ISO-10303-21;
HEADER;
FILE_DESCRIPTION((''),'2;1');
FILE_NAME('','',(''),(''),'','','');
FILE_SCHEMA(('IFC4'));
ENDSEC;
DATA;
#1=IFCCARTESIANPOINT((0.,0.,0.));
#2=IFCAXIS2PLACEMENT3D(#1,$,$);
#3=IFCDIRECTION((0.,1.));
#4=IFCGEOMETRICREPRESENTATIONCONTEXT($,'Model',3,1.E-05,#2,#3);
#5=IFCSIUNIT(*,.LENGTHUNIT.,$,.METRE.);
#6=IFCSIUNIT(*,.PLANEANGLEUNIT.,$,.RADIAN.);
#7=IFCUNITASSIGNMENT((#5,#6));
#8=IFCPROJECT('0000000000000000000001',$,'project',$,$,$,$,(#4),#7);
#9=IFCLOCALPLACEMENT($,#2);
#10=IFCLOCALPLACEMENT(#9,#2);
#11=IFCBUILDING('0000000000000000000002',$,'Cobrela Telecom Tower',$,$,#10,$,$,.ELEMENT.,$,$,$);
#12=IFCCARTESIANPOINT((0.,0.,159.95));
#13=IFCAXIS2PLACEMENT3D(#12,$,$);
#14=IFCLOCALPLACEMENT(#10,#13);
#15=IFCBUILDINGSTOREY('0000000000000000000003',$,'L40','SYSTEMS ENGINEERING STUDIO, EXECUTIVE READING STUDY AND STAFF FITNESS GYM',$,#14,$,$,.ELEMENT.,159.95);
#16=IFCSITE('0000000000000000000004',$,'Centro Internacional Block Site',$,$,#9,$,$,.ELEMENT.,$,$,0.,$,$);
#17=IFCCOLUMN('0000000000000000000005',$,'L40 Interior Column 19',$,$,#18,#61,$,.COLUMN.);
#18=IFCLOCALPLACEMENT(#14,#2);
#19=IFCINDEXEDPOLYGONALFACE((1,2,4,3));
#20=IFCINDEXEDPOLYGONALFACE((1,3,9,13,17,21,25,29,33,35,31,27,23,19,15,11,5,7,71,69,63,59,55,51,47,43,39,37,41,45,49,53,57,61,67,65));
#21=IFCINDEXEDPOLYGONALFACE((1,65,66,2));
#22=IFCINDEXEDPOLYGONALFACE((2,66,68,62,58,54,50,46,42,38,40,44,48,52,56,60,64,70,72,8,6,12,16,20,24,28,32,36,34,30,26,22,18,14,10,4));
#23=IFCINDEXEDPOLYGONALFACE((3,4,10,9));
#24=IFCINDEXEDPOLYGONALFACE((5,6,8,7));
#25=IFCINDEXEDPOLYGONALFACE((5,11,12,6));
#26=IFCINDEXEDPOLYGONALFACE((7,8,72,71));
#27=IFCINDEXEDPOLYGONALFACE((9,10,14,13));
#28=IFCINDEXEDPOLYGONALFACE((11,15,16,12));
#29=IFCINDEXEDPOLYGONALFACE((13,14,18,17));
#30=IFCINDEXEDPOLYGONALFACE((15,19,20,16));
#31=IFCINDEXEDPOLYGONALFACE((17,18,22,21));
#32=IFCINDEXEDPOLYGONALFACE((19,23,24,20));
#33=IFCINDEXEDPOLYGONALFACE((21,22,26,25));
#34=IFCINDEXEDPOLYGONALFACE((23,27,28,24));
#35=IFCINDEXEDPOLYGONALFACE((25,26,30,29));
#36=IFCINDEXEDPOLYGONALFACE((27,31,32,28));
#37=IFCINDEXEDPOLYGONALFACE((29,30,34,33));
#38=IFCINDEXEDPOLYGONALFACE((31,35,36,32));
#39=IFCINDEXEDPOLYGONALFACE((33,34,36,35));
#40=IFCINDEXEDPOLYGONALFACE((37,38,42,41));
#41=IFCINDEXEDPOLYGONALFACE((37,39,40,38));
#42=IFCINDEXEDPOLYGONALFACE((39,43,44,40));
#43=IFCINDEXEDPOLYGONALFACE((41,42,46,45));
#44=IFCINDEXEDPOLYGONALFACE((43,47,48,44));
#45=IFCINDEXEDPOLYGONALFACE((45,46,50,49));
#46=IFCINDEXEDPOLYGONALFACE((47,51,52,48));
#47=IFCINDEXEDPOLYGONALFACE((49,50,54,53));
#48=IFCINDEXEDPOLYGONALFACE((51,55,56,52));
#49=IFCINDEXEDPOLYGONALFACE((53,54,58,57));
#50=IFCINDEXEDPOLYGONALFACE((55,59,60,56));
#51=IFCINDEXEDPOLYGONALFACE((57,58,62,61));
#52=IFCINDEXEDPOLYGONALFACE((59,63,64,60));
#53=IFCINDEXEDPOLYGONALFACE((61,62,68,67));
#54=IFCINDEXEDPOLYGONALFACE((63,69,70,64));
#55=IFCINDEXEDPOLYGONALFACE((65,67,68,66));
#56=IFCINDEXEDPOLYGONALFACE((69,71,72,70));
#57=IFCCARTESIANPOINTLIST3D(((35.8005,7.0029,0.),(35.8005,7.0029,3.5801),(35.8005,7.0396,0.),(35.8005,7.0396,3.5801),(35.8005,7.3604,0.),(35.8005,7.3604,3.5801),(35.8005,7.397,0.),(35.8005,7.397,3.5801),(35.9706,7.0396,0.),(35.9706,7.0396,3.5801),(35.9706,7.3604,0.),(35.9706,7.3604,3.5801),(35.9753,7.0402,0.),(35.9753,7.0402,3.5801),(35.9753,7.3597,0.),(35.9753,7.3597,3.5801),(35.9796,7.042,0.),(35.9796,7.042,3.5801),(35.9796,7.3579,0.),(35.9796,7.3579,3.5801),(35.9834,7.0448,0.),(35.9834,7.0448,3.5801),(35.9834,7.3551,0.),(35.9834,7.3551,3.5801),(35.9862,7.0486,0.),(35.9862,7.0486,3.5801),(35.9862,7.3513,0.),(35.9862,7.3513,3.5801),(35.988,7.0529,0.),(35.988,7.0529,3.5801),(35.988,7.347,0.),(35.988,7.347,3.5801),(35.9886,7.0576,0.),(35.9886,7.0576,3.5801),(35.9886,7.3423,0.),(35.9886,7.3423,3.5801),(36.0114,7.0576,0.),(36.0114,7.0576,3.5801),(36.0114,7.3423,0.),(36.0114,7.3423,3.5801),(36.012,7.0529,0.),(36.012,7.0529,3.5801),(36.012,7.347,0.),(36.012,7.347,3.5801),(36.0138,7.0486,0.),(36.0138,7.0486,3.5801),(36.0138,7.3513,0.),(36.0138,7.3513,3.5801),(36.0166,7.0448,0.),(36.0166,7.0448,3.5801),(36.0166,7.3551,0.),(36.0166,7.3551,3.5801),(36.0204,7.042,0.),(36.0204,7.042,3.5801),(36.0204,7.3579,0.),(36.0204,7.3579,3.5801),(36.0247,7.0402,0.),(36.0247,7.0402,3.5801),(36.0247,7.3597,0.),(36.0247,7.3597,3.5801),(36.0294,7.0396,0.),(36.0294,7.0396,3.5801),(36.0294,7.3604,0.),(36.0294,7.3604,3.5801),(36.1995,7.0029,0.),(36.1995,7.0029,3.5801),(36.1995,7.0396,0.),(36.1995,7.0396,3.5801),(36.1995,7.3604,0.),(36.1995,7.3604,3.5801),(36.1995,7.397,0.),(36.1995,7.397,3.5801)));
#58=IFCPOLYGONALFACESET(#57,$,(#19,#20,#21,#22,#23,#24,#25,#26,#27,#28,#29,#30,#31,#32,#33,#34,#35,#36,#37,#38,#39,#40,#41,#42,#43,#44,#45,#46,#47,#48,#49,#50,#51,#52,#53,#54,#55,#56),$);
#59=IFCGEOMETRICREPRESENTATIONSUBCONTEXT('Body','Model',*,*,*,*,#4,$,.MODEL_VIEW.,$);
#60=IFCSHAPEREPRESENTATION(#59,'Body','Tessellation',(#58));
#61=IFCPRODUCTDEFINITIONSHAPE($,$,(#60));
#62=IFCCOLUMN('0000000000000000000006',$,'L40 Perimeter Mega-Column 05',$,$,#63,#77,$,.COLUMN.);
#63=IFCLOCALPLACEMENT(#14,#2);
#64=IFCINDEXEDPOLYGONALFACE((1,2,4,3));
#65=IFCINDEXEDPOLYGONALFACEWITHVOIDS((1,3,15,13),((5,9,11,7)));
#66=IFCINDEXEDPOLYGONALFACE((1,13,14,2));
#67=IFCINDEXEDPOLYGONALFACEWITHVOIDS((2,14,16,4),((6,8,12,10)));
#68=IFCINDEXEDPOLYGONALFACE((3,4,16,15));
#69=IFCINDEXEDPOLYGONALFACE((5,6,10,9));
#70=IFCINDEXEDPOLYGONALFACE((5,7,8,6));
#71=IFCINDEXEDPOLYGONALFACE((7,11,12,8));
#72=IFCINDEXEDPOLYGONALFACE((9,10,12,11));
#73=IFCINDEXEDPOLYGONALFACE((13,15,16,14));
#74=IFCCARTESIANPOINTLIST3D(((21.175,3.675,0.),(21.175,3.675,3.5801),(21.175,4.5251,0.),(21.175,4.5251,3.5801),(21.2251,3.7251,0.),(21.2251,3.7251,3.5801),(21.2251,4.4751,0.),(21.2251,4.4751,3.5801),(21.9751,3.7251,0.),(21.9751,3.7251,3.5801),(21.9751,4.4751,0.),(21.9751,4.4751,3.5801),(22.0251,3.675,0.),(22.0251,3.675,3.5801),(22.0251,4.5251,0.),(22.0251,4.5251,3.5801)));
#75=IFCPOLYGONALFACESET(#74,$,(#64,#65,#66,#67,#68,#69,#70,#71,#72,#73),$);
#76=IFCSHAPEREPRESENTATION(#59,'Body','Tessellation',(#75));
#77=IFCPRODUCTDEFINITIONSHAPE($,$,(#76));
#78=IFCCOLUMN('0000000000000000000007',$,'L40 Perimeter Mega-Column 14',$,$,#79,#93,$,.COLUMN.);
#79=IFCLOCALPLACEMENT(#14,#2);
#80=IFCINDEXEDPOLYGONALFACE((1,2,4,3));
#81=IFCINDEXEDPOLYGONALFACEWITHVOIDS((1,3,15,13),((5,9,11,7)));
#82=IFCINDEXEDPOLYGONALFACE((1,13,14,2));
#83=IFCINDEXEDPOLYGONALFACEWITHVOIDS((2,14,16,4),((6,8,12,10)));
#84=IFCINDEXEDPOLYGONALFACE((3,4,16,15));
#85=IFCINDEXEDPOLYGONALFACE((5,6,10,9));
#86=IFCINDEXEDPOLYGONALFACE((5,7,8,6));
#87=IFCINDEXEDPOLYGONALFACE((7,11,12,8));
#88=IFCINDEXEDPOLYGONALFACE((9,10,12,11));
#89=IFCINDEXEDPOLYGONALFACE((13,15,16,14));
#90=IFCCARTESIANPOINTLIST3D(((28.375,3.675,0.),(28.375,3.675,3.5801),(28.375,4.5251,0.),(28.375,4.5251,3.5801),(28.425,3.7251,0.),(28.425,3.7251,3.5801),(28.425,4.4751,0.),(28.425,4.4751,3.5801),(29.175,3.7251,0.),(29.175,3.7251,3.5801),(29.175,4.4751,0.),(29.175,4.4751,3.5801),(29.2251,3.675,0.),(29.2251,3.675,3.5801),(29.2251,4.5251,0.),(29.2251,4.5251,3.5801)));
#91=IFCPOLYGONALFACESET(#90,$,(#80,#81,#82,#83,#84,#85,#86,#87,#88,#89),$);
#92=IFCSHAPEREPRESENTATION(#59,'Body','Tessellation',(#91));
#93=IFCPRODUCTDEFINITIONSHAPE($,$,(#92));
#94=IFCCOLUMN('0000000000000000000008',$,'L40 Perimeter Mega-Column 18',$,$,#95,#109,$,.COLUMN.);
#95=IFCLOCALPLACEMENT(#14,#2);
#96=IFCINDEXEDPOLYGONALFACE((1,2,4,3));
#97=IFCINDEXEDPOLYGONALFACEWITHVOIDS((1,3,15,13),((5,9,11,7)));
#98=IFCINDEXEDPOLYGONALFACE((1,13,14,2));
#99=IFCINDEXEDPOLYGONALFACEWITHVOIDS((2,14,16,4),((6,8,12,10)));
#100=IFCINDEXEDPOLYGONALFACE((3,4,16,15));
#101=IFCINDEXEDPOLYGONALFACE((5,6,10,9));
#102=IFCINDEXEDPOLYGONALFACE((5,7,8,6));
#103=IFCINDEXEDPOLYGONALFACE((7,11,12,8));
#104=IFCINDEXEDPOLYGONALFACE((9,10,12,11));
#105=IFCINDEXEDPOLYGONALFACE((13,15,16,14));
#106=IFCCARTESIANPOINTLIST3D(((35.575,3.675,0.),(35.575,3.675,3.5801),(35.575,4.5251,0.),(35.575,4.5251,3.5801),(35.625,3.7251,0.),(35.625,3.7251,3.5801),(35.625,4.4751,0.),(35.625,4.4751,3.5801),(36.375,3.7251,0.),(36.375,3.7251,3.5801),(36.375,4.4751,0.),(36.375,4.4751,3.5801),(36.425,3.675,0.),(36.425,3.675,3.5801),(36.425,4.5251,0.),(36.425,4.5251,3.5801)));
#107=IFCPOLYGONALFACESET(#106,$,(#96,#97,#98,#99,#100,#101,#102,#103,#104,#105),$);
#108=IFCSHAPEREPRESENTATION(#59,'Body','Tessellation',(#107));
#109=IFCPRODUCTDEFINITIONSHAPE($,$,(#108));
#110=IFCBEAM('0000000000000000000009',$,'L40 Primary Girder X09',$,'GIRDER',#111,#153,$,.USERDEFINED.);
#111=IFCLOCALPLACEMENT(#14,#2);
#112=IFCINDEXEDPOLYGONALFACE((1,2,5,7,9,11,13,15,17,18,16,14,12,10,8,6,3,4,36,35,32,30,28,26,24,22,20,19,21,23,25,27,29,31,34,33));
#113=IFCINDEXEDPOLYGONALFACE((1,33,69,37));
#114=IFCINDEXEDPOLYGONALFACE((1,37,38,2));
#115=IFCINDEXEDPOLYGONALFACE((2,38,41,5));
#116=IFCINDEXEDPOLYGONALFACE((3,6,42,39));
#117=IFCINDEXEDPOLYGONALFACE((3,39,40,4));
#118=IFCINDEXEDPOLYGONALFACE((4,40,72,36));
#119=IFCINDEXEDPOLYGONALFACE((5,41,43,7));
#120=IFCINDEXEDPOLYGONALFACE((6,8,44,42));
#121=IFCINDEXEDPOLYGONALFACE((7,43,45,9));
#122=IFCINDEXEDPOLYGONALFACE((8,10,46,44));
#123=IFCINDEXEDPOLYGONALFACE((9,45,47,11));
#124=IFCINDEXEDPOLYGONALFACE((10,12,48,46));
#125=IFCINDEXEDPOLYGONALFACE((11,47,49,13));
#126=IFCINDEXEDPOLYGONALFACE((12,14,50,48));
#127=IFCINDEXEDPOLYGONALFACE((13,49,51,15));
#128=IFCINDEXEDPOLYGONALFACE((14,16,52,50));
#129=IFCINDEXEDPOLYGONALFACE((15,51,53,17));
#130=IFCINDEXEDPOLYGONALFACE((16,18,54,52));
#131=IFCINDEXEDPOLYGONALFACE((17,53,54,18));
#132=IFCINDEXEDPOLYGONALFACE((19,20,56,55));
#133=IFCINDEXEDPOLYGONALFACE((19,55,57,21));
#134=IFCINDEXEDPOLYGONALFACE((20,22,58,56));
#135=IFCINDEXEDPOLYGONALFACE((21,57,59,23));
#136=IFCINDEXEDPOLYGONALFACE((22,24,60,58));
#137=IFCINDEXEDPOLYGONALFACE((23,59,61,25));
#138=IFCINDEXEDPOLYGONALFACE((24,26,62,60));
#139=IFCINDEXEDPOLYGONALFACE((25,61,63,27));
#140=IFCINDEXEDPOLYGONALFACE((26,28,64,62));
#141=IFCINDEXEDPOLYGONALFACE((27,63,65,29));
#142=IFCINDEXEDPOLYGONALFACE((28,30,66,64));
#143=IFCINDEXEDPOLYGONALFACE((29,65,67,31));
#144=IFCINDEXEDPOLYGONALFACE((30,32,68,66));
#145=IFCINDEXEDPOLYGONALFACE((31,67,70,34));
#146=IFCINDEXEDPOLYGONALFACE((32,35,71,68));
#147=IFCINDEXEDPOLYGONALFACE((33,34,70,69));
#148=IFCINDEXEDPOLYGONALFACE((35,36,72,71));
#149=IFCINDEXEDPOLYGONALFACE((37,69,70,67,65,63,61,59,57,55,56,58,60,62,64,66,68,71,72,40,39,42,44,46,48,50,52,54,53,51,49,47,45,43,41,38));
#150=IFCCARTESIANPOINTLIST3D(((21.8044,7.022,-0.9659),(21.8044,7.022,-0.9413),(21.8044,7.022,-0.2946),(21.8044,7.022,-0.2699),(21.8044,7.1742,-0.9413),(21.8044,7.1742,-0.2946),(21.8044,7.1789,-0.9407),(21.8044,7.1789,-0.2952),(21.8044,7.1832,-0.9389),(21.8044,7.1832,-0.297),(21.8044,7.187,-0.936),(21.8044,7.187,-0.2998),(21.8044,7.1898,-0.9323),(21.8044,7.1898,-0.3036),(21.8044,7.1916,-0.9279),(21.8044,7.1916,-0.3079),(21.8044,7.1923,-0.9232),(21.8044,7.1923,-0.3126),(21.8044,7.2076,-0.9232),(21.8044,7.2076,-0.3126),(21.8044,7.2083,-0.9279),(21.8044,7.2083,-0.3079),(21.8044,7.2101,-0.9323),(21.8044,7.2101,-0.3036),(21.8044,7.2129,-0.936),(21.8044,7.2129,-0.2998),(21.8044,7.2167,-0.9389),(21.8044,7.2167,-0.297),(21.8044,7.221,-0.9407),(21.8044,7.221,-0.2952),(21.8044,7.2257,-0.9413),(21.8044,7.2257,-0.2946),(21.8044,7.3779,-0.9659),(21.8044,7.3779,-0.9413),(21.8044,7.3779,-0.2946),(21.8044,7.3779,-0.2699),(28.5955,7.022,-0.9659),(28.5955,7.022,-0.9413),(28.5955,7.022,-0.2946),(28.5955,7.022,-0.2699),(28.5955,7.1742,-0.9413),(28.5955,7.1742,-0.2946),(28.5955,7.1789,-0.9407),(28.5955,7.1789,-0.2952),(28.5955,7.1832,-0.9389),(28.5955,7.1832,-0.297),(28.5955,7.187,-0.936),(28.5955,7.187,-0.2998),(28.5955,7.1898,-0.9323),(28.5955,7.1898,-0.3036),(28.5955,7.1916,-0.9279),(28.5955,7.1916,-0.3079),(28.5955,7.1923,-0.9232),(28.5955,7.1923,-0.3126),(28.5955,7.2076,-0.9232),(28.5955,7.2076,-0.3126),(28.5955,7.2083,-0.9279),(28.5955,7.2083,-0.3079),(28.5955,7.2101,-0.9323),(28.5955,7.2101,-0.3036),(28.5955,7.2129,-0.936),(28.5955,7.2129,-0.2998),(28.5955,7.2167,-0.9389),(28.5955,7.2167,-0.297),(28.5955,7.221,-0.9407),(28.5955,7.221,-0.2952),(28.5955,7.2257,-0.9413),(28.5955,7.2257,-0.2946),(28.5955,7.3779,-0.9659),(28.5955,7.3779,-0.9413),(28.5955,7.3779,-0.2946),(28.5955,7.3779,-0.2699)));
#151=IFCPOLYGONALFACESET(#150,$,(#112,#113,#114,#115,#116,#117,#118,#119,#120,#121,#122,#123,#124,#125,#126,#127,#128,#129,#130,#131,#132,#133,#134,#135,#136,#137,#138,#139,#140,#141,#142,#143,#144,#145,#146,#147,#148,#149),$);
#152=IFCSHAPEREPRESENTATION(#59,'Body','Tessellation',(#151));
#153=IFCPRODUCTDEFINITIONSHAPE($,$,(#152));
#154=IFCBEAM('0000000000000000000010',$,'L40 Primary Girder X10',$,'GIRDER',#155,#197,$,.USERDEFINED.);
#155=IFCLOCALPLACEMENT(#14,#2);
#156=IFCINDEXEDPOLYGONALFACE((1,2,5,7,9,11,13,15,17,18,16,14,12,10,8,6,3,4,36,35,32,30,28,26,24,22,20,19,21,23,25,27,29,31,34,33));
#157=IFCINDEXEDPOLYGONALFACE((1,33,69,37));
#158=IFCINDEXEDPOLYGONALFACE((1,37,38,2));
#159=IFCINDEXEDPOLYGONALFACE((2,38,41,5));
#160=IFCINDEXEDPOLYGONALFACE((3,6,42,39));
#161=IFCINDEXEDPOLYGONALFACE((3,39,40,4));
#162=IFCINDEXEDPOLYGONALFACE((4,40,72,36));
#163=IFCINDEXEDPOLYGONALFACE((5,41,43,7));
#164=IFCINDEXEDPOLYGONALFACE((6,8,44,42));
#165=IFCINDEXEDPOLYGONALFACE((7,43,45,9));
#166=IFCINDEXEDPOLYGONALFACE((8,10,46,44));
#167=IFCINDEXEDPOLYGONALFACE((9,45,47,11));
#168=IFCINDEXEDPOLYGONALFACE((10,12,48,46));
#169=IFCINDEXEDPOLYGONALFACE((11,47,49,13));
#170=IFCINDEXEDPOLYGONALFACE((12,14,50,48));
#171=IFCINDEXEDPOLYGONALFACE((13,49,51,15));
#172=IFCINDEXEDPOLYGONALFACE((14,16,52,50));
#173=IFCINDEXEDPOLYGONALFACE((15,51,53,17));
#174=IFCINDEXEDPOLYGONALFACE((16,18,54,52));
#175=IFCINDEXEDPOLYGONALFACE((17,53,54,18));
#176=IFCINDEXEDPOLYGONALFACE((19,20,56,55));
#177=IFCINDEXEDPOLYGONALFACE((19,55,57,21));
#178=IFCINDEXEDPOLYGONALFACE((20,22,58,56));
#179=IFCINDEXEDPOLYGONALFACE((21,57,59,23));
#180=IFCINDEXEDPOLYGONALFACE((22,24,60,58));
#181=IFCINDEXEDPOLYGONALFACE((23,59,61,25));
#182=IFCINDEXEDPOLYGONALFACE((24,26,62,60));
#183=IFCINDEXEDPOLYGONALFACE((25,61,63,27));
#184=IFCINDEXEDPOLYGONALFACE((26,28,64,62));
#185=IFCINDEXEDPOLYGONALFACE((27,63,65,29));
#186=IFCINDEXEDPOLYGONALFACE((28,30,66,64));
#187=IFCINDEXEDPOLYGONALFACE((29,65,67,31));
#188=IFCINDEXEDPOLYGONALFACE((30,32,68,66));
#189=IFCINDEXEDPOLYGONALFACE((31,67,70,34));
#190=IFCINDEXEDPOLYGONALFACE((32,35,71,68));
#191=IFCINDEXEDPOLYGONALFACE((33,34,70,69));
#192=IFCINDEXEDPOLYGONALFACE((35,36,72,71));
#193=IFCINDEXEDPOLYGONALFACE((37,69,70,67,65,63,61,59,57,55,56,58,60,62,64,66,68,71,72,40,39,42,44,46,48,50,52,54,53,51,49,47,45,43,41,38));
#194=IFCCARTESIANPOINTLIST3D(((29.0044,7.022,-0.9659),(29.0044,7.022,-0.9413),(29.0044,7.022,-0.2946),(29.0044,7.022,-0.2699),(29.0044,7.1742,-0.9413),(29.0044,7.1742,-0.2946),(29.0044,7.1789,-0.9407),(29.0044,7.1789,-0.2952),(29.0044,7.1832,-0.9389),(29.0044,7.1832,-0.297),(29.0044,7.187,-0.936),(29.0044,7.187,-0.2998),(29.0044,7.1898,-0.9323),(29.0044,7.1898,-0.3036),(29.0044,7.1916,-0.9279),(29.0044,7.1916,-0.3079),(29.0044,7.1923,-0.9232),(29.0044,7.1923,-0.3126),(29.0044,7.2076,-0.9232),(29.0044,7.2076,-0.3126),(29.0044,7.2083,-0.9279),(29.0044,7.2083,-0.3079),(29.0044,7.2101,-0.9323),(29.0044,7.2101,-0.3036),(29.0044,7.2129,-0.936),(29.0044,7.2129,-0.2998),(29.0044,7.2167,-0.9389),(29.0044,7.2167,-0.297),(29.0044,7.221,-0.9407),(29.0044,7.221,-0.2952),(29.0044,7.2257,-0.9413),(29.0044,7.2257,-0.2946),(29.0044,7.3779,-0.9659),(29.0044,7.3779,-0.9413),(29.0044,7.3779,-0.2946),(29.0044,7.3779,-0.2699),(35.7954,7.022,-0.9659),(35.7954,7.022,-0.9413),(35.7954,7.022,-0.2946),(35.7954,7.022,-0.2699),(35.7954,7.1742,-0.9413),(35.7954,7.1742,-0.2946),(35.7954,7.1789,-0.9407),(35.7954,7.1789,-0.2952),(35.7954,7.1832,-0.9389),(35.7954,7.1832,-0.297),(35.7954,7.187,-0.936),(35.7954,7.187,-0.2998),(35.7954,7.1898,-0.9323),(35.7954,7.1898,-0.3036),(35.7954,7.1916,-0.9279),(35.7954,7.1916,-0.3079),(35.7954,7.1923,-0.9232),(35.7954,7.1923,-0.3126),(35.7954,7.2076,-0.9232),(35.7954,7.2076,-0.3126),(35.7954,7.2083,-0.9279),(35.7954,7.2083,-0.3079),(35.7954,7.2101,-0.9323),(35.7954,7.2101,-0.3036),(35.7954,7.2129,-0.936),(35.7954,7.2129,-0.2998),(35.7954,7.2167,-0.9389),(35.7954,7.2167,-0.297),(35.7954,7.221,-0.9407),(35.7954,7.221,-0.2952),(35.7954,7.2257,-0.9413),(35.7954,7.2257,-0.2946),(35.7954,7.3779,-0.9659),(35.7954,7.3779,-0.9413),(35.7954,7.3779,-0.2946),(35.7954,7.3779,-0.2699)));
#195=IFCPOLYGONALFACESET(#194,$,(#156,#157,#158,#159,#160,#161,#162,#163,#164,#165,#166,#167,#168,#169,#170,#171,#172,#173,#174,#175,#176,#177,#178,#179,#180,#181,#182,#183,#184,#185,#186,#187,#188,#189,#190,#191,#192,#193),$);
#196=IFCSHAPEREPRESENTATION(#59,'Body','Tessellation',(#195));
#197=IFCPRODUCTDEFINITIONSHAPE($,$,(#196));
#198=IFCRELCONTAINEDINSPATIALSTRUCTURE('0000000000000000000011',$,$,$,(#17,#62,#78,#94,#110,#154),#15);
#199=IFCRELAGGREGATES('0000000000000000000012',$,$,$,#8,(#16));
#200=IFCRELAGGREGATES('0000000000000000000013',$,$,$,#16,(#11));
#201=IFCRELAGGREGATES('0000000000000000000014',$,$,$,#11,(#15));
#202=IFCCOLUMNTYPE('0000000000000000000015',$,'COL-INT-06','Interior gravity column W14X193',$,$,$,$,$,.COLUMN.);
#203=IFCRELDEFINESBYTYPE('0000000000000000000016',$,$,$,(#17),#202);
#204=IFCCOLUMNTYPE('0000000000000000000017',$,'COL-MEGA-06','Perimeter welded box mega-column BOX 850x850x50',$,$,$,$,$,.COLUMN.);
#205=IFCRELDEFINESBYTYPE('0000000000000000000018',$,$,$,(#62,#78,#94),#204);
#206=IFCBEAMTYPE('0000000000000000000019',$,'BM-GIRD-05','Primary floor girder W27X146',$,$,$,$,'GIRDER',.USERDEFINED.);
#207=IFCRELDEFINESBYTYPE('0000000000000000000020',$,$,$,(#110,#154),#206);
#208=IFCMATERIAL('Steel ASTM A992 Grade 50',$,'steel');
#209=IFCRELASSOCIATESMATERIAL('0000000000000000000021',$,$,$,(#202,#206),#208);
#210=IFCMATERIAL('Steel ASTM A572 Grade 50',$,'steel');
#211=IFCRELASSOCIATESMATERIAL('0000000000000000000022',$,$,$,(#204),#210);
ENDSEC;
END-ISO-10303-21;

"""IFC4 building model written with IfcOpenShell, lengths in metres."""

from ifc_helpers import new_model, si_unit, direction, frame, origin, origin_2d, place, context, subcontext, project, spatial, hollow_rectangle, i_section, extrude, material, material_profile, profile_set, type_object, element, save


model = new_model("IFC4")

# Units and contexts
model_context = context("Model", 3, precision=1e-05, world=origin(), true_north=direction((0.0, 1.0)))
body_context = subcontext(model_context, "Body", "Model", "MODEL_VIEW")
ifc_project = project(units=[si_unit("LENGTHUNIT", "METRE"), si_unit("PLANEANGLEUNIT", "RADIAN")], contexts=[model_context])

# Site, building, storey
site_placement = place(None, origin())
site = spatial("IfcSite", under=ifc_project, at=site_placement, Name="Centro Internacional Block Site", CompositionType="ELEMENT", RefElevation=0.0)
building_placement = place(site_placement, origin())
building = spatial("IfcBuilding", under=site, at=building_placement, Name="Cobrela Telecom Tower", CompositionType="ELEMENT")
storey_placement = place(building_placement, frame((0.0, 0.0, 159.95)))
storey = spatial("IfcBuildingStorey", under=building, at=storey_placement, Name="L40", Description="SYSTEMS ENGINEERING STUDIO, EXECUTIVE READING STUDY AND STAFF FITNESS GYM", CompositionType="ELEMENT", Elevation=159.95)

# Columns
ifc_material_1 = material(Name="Steel ASTM A992 Grade 50", Category="steel")
ifc_material_profile_1 = material_profile(ifc_material_1, i_section(OverallWidth=0.3989, OverallDepth=0.394, WebThickness=0.0227, FlangeThickness=0.0366, FilletRadius=0.0181, at=origin_2d()), Name="W14X193")
ifc_profile_set_1 = profile_set([ifc_material_profile_1], Name="Steel ASTM A992 Grade 50")
column_type_1 = type_object("IfcColumnType", Name="COL-INT-06", Description="Interior gravity column W14X193", PredefinedType="COLUMN", material=ifc_profile_set_1)
for number, where, z_axis, x_axis, name in (
    (1, (36.0, 7.2, 0.0), (0.0, 0.0, 1.0), (1.0, 0.0, 0.0), "L40 Interior Column 19"),
):
    element("IfcColumn", number, at=place(storey_placement, frame(where, z_axis=z_axis, x_axis=x_axis)), inside=storey, type_object=column_type_1, Name=name, PredefinedType="COLUMN", context=body_context, shape_type="SweptSolid", body=[
        extrude(i_section(OverallWidth=0.3989, OverallDepth=0.394, WebThickness=0.0227, FlangeThickness=0.0366, FilletRadius=0.0181, at=origin_2d()), origin(), (0.0, 0.0, 1.0), 3.5801),
    ])
ifc_material_2 = material(Name="Steel ASTM A572 Grade 50", Category="steel")
ifc_material_profile_2 = material_profile(ifc_material_2, hollow_rectangle(XDim=0.8501, YDim=0.8501, WallThickness=0.05, at=origin_2d()), Name="BOX 850x850x50")
ifc_profile_set_2 = profile_set([ifc_material_profile_2], Name="Steel ASTM A572 Grade 50")
column_type_2 = type_object("IfcColumnType", Name="COL-MEGA-06", Description="Perimeter welded box mega-column BOX 850x850x50", PredefinedType="COLUMN", material=ifc_profile_set_2)
for number, where, z_axis, x_axis, name in (
    (2, (21.6001, 4.1001, 0.0), (0.0, 0.0, 1.0), (1.0, 0.0, 0.0), "L40 Perimeter Mega-Column 05"),
    (3, (28.8, 4.1001, 0.0), (0.0, 0.0, 1.0), (1.0, 0.0, 0.0), "L40 Perimeter Mega-Column 14"),
    (4, (36.0, 4.1001, 0.0), (0.0, 0.0, 1.0), (1.0, 0.0, 0.0), "L40 Perimeter Mega-Column 18"),
):
    element("IfcColumn", number, at=place(storey_placement, frame(where, z_axis=z_axis, x_axis=x_axis)), inside=storey, type_object=column_type_2, Name=name, PredefinedType="COLUMN", context=body_context, shape_type="SweptSolid", body=[
        extrude(hollow_rectangle(XDim=0.8501, YDim=0.8501, WallThickness=0.05, at=origin_2d()), origin(), (0.0, 0.0, 1.0), 3.5801),
    ])

# Beams
ifc_material_profile_3 = material_profile(ifc_material_1, i_section(OverallWidth=0.356, OverallDepth=0.696, WebThickness=0.0154, FlangeThickness=0.0247, FilletRadius=0.0181, at=origin_2d()), Name="W27X146")
ifc_profile_set_3 = profile_set([ifc_material_profile_3], Name="Steel ASTM A992 Grade 50")
beam_type_1 = type_object("IfcBeamType", Name="BM-GIRD-05", Description="Primary floor girder W27X146", ElementType="GIRDER", PredefinedType="USERDEFINED", material=ifc_profile_set_3)
for number, where, z_axis, x_axis, name in (
    (5, (21.8044, 7.2, -0.6179), (1.0, 0.0, 0.0), (0.0, 1.0, 0.0), "L40 Primary Girder X09"),
    (6, (29.0044, 7.2, -0.6179), (1.0, 0.0, 0.0), (0.0, 1.0, 0.0), "L40 Primary Girder X10"),
):
    element("IfcBeam", number, at=place(storey_placement, frame(where, z_axis=z_axis, x_axis=x_axis)), inside=storey, type_object=beam_type_1, Name=name, ObjectType="GIRDER", PredefinedType="USERDEFINED", context=body_context, shape_type="SweptSolid", body=[
        extrude(i_section(OverallWidth=0.356, OverallDepth=0.696, WebThickness=0.0154, FlangeThickness=0.0247, FilletRadius=0.0181, at=origin_2d()), origin(), (0.0, 0.0, 1.0), 6.791),
    ])

save(model, "model.ifc")
